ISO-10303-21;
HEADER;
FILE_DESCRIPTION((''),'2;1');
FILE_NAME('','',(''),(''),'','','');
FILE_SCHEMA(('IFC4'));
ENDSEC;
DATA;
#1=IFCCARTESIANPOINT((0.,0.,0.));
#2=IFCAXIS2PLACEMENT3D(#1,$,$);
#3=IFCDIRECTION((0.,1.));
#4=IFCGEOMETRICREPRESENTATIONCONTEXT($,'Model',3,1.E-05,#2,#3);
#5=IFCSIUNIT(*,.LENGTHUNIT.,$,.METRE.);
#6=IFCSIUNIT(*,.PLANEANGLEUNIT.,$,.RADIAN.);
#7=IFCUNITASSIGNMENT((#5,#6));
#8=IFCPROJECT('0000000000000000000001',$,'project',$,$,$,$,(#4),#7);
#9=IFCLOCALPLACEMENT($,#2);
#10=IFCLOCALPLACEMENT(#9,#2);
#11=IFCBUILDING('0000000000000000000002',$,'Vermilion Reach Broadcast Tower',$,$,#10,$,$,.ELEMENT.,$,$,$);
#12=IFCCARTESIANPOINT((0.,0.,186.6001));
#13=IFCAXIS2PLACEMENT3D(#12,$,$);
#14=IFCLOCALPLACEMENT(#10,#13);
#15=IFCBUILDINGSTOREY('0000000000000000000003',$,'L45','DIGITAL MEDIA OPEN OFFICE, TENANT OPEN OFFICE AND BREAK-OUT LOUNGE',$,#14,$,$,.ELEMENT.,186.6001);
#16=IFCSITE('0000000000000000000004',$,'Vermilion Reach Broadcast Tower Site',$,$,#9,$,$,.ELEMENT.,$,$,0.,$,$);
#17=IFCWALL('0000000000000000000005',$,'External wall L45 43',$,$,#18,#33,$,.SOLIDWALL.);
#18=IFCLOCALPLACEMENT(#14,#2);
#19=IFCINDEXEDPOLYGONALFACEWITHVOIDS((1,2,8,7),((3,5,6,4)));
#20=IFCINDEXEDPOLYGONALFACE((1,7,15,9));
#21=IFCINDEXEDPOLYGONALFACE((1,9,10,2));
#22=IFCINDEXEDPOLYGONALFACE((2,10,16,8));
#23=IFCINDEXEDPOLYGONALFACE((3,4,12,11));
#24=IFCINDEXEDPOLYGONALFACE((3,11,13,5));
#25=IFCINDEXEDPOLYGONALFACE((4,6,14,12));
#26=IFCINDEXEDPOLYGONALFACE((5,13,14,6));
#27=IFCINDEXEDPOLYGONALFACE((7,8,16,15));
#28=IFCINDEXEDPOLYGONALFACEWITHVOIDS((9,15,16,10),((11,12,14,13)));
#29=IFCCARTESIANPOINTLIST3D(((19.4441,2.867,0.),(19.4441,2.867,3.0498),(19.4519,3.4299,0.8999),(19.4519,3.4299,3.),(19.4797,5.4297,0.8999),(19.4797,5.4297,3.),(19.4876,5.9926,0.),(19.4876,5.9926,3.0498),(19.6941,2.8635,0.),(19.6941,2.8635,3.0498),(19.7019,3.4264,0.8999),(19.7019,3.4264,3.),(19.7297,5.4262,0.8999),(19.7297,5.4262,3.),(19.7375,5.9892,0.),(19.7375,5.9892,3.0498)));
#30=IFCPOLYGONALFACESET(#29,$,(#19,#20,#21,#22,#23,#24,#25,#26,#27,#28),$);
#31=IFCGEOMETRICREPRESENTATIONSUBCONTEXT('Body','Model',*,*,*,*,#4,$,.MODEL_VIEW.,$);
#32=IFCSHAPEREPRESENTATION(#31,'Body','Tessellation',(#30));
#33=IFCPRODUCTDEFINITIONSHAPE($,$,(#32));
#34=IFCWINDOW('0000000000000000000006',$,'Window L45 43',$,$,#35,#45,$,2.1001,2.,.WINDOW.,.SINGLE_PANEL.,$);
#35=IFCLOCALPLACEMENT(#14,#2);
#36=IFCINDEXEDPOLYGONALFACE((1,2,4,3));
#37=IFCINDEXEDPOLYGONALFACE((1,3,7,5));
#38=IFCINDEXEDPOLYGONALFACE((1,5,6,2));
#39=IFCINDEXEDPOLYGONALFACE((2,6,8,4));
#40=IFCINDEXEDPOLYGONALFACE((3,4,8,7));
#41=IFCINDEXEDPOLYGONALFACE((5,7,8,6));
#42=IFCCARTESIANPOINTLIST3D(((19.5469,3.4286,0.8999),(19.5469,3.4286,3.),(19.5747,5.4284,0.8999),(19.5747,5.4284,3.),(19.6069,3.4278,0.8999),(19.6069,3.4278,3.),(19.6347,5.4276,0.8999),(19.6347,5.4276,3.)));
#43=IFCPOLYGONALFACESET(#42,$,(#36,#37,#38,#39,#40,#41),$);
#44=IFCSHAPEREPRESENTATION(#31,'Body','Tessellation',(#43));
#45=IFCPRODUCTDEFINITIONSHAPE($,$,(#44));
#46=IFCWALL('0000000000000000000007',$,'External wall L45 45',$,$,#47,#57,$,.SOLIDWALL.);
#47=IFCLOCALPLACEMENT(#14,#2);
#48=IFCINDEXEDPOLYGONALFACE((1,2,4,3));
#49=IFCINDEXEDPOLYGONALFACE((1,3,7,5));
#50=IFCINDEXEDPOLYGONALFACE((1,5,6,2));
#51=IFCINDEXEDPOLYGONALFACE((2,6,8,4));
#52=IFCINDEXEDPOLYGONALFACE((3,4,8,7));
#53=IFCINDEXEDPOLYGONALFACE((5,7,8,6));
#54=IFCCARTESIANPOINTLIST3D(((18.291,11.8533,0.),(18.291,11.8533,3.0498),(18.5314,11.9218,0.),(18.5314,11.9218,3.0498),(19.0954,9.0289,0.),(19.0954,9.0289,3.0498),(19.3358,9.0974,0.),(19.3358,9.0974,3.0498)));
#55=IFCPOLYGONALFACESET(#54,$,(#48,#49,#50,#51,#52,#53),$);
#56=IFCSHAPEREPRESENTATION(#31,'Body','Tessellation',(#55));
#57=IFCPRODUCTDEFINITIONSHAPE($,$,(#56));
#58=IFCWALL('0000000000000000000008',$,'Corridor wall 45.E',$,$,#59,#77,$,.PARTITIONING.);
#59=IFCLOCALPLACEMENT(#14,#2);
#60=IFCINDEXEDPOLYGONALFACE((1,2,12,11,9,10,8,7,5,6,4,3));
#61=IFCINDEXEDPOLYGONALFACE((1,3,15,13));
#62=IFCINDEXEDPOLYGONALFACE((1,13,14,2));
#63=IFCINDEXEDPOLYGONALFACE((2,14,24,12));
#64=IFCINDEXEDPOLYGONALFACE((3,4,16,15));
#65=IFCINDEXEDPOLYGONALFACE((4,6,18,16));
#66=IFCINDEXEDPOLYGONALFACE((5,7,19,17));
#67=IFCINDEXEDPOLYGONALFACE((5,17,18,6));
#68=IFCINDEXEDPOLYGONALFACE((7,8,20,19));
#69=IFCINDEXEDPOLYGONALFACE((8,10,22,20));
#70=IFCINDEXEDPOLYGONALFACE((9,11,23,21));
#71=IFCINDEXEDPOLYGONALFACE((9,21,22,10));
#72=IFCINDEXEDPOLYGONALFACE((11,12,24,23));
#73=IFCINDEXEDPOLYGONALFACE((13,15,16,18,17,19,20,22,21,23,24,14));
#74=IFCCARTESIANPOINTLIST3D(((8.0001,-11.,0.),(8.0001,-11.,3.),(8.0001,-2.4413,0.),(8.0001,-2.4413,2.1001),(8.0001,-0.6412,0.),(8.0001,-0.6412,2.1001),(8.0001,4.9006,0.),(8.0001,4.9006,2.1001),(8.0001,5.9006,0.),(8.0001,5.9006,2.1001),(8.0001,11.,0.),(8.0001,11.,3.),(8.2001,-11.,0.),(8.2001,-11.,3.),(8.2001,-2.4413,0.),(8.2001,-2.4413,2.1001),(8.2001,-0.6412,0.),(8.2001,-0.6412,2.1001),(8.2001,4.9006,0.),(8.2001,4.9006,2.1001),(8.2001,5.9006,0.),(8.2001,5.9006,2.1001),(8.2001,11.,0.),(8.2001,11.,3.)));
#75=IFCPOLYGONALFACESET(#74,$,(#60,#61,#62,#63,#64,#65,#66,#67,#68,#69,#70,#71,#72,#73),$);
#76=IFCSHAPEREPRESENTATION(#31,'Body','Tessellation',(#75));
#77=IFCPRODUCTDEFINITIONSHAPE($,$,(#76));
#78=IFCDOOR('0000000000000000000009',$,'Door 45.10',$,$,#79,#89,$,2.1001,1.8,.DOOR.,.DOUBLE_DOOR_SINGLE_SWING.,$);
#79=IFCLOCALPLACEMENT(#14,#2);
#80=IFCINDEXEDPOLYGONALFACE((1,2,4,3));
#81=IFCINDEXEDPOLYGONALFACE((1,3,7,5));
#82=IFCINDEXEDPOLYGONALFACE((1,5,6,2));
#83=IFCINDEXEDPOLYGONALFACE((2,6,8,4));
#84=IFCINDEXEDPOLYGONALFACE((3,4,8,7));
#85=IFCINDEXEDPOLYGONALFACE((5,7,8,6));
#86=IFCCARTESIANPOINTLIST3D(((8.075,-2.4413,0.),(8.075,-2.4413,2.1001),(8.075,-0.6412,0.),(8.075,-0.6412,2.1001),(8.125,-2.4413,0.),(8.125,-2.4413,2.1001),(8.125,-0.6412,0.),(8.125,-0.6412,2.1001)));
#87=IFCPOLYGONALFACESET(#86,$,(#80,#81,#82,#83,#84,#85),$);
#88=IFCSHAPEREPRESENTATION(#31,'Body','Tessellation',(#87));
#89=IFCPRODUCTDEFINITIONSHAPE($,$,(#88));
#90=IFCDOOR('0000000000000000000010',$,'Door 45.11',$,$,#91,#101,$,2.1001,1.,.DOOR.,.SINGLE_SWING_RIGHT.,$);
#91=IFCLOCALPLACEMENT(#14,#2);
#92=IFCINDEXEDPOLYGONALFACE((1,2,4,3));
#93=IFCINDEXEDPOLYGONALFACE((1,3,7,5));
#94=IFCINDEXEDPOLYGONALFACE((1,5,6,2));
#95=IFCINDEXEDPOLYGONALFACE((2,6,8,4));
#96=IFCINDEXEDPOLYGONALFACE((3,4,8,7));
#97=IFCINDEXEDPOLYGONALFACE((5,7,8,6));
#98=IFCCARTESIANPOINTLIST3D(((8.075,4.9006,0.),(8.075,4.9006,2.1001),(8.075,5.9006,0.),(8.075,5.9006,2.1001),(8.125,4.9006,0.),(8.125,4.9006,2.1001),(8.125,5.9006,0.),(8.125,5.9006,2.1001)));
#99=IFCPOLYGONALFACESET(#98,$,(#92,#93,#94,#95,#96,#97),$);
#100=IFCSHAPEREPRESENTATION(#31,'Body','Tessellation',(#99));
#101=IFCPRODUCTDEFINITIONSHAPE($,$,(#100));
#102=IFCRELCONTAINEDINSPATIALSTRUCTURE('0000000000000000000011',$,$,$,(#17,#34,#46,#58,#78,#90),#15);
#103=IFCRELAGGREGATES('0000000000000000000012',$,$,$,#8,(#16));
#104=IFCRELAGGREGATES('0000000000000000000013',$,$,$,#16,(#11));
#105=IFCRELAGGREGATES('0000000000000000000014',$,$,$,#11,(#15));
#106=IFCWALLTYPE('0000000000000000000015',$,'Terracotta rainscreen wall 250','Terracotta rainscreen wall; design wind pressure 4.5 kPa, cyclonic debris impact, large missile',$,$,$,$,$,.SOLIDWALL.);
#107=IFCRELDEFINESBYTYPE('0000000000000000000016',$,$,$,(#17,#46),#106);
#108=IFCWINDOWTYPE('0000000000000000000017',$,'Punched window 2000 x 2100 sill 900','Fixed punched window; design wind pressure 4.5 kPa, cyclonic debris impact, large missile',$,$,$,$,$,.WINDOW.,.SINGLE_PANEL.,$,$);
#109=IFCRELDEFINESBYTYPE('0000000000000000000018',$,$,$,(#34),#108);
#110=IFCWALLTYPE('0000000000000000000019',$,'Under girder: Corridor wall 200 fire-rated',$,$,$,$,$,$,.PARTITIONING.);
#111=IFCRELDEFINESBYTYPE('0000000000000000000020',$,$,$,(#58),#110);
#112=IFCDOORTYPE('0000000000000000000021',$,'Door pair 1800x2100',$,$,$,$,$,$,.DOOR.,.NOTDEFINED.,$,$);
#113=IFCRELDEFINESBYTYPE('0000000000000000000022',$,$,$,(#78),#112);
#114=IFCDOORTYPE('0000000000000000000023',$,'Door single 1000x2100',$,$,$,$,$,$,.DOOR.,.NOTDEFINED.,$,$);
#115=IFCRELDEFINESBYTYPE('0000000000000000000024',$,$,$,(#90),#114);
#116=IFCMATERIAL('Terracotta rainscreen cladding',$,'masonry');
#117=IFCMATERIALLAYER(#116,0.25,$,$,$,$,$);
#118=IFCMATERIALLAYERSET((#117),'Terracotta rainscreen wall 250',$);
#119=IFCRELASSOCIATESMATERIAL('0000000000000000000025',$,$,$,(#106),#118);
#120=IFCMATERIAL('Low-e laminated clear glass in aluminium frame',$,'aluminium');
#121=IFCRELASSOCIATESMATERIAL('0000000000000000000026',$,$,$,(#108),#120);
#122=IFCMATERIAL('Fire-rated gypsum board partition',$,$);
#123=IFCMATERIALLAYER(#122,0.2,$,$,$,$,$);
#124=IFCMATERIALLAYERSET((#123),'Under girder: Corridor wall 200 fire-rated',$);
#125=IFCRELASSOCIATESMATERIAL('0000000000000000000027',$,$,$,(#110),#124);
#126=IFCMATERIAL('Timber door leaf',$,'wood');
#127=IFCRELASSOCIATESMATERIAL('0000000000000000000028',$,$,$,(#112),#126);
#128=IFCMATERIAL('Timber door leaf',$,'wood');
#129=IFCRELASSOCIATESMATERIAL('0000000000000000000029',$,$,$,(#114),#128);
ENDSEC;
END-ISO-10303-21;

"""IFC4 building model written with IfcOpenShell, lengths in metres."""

from ifc_helpers import new_model, si_unit, direction, frame, frame_2d, origin, place, context, subcontext, project, spatial, rectangle, extrude, material, layer, layer_set, type_object, element, fill, save


model = new_model("IFC4")

# Units and contexts
model_context = context("Model", 3, precision=1e-05, world=origin(), true_north=direction((0.0, 1.0)))
body_context = subcontext(model_context, "Body", "Model", "MODEL_VIEW")
ifc_project = project(units=[si_unit("LENGTHUNIT", "METRE"), si_unit("PLANEANGLEUNIT", "RADIAN")], contexts=[model_context])

# Site, building, storey
site_placement = place(None, origin())
site = spatial("IfcSite", under=ifc_project, at=site_placement, Name="Vermilion Reach Broadcast Tower Site", CompositionType="ELEMENT", RefElevation=0.0)
building_placement = place(site_placement, origin())
building = spatial("IfcBuilding", under=site, at=building_placement, Name="Vermilion Reach Broadcast Tower", CompositionType="ELEMENT")
storey_placement = place(building_placement, frame((0.0, 0.0, 186.6001)))
storey = spatial("IfcBuildingStorey", under=building, at=storey_placement, Name="L45", Description="DIGITAL MEDIA OPEN OFFICE, TENANT OPEN OFFICE AND BREAK-OUT LOUNGE", CompositionType="ELEMENT", Elevation=186.6001)

# Wall, opening, window
ifc_material_1 = material(Name="Terracotta rainscreen cladding", Category="masonry")
ifc_layer_1 = layer(ifc_material_1, 0.25)
ifc_layer_set_1 = layer_set([ifc_layer_1], Name="Terracotta rainscreen wall 250")
wall_type_1 = type_object("IfcWallType", Name="Terracotta rainscreen wall 250", Description="Terracotta rainscreen wall; design wind pressure 4.5 kPa, cyclonic debris impact, large missile", PredefinedType="SOLIDWALL", material=ifc_layer_set_1)
wall_1_placement = place(storey_placement, frame((19.5691, 2.8652, 0.0), z_axis=(0.0, 0.0, 1.0), x_axis=(0.013902, 0.999903, 0.0)))
wall_1 = element("IfcWall", 1, at=wall_1_placement, inside=storey, type_object=wall_type_1, Name="External wall L45 43", PredefinedType="SOLIDWALL", context=body_context, shape_type="SweptSolid", body=[
    extrude(rectangle(XDim=3.126, YDim=0.25, at=frame_2d((1.563, 0.0))), origin(), (0.0, 0.0, 1.0), 3.0498),
])
opening_1_placement = place(wall_1_placement, frame((0.563, 0.0, 0.8999)))
opening_1 = element("IfcOpeningElement", 2, at=opening_1_placement, cuts=wall_1, PredefinedType="OPENING", context=body_context, shape_type="SweptSolid", body=[
    extrude(rectangle(XDim=2.0, YDim=2.1001, at=frame_2d((1.0, 1.05))), frame((0.0, 0.135, 0.0), z_axis=(0.0, -1.0, 0.0), x_axis=(1.0, 0.0, 0.0)), (0.0, 0.0, 1.0), 0.27),
])
ifc_material_2 = material(Name="Low-e laminated clear glass in aluminium frame", Category="aluminium")
window_type = type_object("IfcWindowType", Name="Punched window 2000 x 2100 sill 900", Description="Fixed punched window; design wind pressure 4.5 kPa, cyclonic debris impact, large missile", PartitioningType="SINGLE_PANEL", PredefinedType="WINDOW", material=ifc_material_2)
window_placement = place(opening_1_placement, origin())
window = element("IfcWindow", 3, at=window_placement, inside=storey, type_object=window_type, Name="Window L45 43", OverallHeight=2.1001, OverallWidth=2.0, PartitioningType="SINGLE_PANEL", PredefinedType="WINDOW", context=body_context, shape_type="SweptSolid", body=[
    extrude(rectangle(XDim=2.0, YDim=2.1001, at=frame_2d((1.0, 1.05))), frame((0.0, 0.03, 0.0), z_axis=(0.0, -1.0, 0.0), x_axis=(1.0, 0.0, 0.0)), (0.0, 0.0, 1.0), 0.0601),
])
fill(opening_1, window)

# Wall
wall_2_placement = place(storey_placement, frame((19.2156, 9.0632, 0.0), z_axis=(0.0, 0.0, 1.0), x_axis=(-0.27392, 0.961753, 0.0)))
element("IfcWall", 4, at=wall_2_placement, inside=storey, type_object=wall_type_1, Name="External wall L45 45", PredefinedType="SOLIDWALL", context=body_context, shape_type="SweptSolid", body=[
    extrude(rectangle(XDim=2.9368, YDim=0.25, at=frame_2d((1.4683, 0.0))), origin(), (0.0, 0.0, 1.0), 3.0498),
])

# Wall, openings, doors
ifc_material_3 = material(Name="Fire-rated gypsum board partition")
ifc_layer_2 = layer(ifc_material_3, 0.2)
ifc_layer_set_2 = layer_set([ifc_layer_2], Name="Under girder: Corridor wall 200 fire-rated")
wall_type_2 = type_object("IfcWallType", Name="Under girder: Corridor wall 200 fire-rated", PredefinedType="PARTITIONING", material=ifc_layer_set_2)
wall_3_placement = place(storey_placement, frame((8.1001, 11.0, 0.0), z_axis=(0.0, 0.0, 1.0), x_axis=(0.0, -1.0, 0.0)))
wall_3 = element("IfcWall", 5, at=wall_3_placement, inside=storey, type_object=wall_type_2, Name="Corridor wall 45.E", PredefinedType="PARTITIONING", context=body_context, shape_type="SweptSolid", body=[
    extrude(rectangle(XDim=22.0, YDim=0.2, at=frame_2d((11.0, 0.0))), origin(), (0.0, 0.0, 1.0), 3.0),
])
opening_2_placement = place(wall_3_placement, frame((11.6414, 0.0, 0.0)))
opening_2 = element("IfcOpeningElement", 6, at=opening_2_placement, cuts=wall_3, PredefinedType="OPENING", context=body_context, shape_type="SweptSolid", body=[
    extrude(rectangle(XDim=1.8, YDim=2.1001, at=frame_2d((0.8999, 1.05))), frame((0.0, 0.1099, 0.0), z_axis=(0.0, -1.0, 0.0), x_axis=(1.0, 0.0, 0.0)), (0.0, 0.0, 1.0), 0.22),
])
opening_3_placement = place(wall_3_placement, frame((5.0994, 0.0, 0.0)))
opening_3 = element("IfcOpeningElement", 7, at=opening_3_placement, cuts=wall_3, PredefinedType="OPENING", context=body_context, shape_type="SweptSolid", body=[
    extrude(rectangle(XDim=1.0, YDim=2.1001, at=frame_2d((0.5, 1.05))), frame((0.0, 0.1099, 0.0), z_axis=(0.0, -1.0, 0.0), x_axis=(1.0, 0.0, 0.0)), (0.0, 0.0, 1.0), 0.22),
])
ifc_material_4 = material(Name="Timber door leaf", Category="wood")
door_type_1 = type_object("IfcDoorType", Name="Door pair 1800x2100", OperationType="NOTDEFINED", PredefinedType="DOOR", material=ifc_material_4)
door_1_placement = place(opening_2_placement, origin())
door_1 = element("IfcDoor", 8, at=door_1_placement, inside=storey, type_object=door_type_1, Name="Door 45.10", OperationType="DOUBLE_DOOR_SINGLE_SWING", OverallHeight=2.1001, OverallWidth=1.8, PredefinedType="DOOR", context=body_context, shape_type="SweptSolid", body=[
    extrude(rectangle(XDim=1.8, YDim=2.1001, at=frame_2d((0.8999, 1.05))), frame((0.0, 0.0249, 0.0), z_axis=(0.0, -1.0, 0.0), x_axis=(1.0, 0.0, 0.0)), (0.0, 0.0, 1.0), 0.05),
])
fill(opening_2, door_1)
ifc_material_5 = material(Name="Timber door leaf", Category="wood")
door_type_2 = type_object("IfcDoorType", Name="Door single 1000x2100", OperationType="NOTDEFINED", PredefinedType="DOOR", material=ifc_material_5)
door_2_placement = place(opening_3_placement, origin())
door_2 = element("IfcDoor", 9, at=door_2_placement, inside=storey, type_object=door_type_2, Name="Door 45.11", OperationType="SINGLE_SWING_RIGHT", OverallHeight=2.1001, OverallWidth=1.0, PredefinedType="DOOR", context=body_context, shape_type="SweptSolid", body=[
    extrude(rectangle(XDim=1.0, YDim=2.1001, at=frame_2d((0.5, 1.05))), frame((0.0, 0.0249, 0.0), z_axis=(0.0, -1.0, 0.0), x_axis=(1.0, 0.0, 0.0)), (0.0, 0.0, 1.0), 0.05),
])
fill(opening_3, door_2)

save(model, "model.ifc")
